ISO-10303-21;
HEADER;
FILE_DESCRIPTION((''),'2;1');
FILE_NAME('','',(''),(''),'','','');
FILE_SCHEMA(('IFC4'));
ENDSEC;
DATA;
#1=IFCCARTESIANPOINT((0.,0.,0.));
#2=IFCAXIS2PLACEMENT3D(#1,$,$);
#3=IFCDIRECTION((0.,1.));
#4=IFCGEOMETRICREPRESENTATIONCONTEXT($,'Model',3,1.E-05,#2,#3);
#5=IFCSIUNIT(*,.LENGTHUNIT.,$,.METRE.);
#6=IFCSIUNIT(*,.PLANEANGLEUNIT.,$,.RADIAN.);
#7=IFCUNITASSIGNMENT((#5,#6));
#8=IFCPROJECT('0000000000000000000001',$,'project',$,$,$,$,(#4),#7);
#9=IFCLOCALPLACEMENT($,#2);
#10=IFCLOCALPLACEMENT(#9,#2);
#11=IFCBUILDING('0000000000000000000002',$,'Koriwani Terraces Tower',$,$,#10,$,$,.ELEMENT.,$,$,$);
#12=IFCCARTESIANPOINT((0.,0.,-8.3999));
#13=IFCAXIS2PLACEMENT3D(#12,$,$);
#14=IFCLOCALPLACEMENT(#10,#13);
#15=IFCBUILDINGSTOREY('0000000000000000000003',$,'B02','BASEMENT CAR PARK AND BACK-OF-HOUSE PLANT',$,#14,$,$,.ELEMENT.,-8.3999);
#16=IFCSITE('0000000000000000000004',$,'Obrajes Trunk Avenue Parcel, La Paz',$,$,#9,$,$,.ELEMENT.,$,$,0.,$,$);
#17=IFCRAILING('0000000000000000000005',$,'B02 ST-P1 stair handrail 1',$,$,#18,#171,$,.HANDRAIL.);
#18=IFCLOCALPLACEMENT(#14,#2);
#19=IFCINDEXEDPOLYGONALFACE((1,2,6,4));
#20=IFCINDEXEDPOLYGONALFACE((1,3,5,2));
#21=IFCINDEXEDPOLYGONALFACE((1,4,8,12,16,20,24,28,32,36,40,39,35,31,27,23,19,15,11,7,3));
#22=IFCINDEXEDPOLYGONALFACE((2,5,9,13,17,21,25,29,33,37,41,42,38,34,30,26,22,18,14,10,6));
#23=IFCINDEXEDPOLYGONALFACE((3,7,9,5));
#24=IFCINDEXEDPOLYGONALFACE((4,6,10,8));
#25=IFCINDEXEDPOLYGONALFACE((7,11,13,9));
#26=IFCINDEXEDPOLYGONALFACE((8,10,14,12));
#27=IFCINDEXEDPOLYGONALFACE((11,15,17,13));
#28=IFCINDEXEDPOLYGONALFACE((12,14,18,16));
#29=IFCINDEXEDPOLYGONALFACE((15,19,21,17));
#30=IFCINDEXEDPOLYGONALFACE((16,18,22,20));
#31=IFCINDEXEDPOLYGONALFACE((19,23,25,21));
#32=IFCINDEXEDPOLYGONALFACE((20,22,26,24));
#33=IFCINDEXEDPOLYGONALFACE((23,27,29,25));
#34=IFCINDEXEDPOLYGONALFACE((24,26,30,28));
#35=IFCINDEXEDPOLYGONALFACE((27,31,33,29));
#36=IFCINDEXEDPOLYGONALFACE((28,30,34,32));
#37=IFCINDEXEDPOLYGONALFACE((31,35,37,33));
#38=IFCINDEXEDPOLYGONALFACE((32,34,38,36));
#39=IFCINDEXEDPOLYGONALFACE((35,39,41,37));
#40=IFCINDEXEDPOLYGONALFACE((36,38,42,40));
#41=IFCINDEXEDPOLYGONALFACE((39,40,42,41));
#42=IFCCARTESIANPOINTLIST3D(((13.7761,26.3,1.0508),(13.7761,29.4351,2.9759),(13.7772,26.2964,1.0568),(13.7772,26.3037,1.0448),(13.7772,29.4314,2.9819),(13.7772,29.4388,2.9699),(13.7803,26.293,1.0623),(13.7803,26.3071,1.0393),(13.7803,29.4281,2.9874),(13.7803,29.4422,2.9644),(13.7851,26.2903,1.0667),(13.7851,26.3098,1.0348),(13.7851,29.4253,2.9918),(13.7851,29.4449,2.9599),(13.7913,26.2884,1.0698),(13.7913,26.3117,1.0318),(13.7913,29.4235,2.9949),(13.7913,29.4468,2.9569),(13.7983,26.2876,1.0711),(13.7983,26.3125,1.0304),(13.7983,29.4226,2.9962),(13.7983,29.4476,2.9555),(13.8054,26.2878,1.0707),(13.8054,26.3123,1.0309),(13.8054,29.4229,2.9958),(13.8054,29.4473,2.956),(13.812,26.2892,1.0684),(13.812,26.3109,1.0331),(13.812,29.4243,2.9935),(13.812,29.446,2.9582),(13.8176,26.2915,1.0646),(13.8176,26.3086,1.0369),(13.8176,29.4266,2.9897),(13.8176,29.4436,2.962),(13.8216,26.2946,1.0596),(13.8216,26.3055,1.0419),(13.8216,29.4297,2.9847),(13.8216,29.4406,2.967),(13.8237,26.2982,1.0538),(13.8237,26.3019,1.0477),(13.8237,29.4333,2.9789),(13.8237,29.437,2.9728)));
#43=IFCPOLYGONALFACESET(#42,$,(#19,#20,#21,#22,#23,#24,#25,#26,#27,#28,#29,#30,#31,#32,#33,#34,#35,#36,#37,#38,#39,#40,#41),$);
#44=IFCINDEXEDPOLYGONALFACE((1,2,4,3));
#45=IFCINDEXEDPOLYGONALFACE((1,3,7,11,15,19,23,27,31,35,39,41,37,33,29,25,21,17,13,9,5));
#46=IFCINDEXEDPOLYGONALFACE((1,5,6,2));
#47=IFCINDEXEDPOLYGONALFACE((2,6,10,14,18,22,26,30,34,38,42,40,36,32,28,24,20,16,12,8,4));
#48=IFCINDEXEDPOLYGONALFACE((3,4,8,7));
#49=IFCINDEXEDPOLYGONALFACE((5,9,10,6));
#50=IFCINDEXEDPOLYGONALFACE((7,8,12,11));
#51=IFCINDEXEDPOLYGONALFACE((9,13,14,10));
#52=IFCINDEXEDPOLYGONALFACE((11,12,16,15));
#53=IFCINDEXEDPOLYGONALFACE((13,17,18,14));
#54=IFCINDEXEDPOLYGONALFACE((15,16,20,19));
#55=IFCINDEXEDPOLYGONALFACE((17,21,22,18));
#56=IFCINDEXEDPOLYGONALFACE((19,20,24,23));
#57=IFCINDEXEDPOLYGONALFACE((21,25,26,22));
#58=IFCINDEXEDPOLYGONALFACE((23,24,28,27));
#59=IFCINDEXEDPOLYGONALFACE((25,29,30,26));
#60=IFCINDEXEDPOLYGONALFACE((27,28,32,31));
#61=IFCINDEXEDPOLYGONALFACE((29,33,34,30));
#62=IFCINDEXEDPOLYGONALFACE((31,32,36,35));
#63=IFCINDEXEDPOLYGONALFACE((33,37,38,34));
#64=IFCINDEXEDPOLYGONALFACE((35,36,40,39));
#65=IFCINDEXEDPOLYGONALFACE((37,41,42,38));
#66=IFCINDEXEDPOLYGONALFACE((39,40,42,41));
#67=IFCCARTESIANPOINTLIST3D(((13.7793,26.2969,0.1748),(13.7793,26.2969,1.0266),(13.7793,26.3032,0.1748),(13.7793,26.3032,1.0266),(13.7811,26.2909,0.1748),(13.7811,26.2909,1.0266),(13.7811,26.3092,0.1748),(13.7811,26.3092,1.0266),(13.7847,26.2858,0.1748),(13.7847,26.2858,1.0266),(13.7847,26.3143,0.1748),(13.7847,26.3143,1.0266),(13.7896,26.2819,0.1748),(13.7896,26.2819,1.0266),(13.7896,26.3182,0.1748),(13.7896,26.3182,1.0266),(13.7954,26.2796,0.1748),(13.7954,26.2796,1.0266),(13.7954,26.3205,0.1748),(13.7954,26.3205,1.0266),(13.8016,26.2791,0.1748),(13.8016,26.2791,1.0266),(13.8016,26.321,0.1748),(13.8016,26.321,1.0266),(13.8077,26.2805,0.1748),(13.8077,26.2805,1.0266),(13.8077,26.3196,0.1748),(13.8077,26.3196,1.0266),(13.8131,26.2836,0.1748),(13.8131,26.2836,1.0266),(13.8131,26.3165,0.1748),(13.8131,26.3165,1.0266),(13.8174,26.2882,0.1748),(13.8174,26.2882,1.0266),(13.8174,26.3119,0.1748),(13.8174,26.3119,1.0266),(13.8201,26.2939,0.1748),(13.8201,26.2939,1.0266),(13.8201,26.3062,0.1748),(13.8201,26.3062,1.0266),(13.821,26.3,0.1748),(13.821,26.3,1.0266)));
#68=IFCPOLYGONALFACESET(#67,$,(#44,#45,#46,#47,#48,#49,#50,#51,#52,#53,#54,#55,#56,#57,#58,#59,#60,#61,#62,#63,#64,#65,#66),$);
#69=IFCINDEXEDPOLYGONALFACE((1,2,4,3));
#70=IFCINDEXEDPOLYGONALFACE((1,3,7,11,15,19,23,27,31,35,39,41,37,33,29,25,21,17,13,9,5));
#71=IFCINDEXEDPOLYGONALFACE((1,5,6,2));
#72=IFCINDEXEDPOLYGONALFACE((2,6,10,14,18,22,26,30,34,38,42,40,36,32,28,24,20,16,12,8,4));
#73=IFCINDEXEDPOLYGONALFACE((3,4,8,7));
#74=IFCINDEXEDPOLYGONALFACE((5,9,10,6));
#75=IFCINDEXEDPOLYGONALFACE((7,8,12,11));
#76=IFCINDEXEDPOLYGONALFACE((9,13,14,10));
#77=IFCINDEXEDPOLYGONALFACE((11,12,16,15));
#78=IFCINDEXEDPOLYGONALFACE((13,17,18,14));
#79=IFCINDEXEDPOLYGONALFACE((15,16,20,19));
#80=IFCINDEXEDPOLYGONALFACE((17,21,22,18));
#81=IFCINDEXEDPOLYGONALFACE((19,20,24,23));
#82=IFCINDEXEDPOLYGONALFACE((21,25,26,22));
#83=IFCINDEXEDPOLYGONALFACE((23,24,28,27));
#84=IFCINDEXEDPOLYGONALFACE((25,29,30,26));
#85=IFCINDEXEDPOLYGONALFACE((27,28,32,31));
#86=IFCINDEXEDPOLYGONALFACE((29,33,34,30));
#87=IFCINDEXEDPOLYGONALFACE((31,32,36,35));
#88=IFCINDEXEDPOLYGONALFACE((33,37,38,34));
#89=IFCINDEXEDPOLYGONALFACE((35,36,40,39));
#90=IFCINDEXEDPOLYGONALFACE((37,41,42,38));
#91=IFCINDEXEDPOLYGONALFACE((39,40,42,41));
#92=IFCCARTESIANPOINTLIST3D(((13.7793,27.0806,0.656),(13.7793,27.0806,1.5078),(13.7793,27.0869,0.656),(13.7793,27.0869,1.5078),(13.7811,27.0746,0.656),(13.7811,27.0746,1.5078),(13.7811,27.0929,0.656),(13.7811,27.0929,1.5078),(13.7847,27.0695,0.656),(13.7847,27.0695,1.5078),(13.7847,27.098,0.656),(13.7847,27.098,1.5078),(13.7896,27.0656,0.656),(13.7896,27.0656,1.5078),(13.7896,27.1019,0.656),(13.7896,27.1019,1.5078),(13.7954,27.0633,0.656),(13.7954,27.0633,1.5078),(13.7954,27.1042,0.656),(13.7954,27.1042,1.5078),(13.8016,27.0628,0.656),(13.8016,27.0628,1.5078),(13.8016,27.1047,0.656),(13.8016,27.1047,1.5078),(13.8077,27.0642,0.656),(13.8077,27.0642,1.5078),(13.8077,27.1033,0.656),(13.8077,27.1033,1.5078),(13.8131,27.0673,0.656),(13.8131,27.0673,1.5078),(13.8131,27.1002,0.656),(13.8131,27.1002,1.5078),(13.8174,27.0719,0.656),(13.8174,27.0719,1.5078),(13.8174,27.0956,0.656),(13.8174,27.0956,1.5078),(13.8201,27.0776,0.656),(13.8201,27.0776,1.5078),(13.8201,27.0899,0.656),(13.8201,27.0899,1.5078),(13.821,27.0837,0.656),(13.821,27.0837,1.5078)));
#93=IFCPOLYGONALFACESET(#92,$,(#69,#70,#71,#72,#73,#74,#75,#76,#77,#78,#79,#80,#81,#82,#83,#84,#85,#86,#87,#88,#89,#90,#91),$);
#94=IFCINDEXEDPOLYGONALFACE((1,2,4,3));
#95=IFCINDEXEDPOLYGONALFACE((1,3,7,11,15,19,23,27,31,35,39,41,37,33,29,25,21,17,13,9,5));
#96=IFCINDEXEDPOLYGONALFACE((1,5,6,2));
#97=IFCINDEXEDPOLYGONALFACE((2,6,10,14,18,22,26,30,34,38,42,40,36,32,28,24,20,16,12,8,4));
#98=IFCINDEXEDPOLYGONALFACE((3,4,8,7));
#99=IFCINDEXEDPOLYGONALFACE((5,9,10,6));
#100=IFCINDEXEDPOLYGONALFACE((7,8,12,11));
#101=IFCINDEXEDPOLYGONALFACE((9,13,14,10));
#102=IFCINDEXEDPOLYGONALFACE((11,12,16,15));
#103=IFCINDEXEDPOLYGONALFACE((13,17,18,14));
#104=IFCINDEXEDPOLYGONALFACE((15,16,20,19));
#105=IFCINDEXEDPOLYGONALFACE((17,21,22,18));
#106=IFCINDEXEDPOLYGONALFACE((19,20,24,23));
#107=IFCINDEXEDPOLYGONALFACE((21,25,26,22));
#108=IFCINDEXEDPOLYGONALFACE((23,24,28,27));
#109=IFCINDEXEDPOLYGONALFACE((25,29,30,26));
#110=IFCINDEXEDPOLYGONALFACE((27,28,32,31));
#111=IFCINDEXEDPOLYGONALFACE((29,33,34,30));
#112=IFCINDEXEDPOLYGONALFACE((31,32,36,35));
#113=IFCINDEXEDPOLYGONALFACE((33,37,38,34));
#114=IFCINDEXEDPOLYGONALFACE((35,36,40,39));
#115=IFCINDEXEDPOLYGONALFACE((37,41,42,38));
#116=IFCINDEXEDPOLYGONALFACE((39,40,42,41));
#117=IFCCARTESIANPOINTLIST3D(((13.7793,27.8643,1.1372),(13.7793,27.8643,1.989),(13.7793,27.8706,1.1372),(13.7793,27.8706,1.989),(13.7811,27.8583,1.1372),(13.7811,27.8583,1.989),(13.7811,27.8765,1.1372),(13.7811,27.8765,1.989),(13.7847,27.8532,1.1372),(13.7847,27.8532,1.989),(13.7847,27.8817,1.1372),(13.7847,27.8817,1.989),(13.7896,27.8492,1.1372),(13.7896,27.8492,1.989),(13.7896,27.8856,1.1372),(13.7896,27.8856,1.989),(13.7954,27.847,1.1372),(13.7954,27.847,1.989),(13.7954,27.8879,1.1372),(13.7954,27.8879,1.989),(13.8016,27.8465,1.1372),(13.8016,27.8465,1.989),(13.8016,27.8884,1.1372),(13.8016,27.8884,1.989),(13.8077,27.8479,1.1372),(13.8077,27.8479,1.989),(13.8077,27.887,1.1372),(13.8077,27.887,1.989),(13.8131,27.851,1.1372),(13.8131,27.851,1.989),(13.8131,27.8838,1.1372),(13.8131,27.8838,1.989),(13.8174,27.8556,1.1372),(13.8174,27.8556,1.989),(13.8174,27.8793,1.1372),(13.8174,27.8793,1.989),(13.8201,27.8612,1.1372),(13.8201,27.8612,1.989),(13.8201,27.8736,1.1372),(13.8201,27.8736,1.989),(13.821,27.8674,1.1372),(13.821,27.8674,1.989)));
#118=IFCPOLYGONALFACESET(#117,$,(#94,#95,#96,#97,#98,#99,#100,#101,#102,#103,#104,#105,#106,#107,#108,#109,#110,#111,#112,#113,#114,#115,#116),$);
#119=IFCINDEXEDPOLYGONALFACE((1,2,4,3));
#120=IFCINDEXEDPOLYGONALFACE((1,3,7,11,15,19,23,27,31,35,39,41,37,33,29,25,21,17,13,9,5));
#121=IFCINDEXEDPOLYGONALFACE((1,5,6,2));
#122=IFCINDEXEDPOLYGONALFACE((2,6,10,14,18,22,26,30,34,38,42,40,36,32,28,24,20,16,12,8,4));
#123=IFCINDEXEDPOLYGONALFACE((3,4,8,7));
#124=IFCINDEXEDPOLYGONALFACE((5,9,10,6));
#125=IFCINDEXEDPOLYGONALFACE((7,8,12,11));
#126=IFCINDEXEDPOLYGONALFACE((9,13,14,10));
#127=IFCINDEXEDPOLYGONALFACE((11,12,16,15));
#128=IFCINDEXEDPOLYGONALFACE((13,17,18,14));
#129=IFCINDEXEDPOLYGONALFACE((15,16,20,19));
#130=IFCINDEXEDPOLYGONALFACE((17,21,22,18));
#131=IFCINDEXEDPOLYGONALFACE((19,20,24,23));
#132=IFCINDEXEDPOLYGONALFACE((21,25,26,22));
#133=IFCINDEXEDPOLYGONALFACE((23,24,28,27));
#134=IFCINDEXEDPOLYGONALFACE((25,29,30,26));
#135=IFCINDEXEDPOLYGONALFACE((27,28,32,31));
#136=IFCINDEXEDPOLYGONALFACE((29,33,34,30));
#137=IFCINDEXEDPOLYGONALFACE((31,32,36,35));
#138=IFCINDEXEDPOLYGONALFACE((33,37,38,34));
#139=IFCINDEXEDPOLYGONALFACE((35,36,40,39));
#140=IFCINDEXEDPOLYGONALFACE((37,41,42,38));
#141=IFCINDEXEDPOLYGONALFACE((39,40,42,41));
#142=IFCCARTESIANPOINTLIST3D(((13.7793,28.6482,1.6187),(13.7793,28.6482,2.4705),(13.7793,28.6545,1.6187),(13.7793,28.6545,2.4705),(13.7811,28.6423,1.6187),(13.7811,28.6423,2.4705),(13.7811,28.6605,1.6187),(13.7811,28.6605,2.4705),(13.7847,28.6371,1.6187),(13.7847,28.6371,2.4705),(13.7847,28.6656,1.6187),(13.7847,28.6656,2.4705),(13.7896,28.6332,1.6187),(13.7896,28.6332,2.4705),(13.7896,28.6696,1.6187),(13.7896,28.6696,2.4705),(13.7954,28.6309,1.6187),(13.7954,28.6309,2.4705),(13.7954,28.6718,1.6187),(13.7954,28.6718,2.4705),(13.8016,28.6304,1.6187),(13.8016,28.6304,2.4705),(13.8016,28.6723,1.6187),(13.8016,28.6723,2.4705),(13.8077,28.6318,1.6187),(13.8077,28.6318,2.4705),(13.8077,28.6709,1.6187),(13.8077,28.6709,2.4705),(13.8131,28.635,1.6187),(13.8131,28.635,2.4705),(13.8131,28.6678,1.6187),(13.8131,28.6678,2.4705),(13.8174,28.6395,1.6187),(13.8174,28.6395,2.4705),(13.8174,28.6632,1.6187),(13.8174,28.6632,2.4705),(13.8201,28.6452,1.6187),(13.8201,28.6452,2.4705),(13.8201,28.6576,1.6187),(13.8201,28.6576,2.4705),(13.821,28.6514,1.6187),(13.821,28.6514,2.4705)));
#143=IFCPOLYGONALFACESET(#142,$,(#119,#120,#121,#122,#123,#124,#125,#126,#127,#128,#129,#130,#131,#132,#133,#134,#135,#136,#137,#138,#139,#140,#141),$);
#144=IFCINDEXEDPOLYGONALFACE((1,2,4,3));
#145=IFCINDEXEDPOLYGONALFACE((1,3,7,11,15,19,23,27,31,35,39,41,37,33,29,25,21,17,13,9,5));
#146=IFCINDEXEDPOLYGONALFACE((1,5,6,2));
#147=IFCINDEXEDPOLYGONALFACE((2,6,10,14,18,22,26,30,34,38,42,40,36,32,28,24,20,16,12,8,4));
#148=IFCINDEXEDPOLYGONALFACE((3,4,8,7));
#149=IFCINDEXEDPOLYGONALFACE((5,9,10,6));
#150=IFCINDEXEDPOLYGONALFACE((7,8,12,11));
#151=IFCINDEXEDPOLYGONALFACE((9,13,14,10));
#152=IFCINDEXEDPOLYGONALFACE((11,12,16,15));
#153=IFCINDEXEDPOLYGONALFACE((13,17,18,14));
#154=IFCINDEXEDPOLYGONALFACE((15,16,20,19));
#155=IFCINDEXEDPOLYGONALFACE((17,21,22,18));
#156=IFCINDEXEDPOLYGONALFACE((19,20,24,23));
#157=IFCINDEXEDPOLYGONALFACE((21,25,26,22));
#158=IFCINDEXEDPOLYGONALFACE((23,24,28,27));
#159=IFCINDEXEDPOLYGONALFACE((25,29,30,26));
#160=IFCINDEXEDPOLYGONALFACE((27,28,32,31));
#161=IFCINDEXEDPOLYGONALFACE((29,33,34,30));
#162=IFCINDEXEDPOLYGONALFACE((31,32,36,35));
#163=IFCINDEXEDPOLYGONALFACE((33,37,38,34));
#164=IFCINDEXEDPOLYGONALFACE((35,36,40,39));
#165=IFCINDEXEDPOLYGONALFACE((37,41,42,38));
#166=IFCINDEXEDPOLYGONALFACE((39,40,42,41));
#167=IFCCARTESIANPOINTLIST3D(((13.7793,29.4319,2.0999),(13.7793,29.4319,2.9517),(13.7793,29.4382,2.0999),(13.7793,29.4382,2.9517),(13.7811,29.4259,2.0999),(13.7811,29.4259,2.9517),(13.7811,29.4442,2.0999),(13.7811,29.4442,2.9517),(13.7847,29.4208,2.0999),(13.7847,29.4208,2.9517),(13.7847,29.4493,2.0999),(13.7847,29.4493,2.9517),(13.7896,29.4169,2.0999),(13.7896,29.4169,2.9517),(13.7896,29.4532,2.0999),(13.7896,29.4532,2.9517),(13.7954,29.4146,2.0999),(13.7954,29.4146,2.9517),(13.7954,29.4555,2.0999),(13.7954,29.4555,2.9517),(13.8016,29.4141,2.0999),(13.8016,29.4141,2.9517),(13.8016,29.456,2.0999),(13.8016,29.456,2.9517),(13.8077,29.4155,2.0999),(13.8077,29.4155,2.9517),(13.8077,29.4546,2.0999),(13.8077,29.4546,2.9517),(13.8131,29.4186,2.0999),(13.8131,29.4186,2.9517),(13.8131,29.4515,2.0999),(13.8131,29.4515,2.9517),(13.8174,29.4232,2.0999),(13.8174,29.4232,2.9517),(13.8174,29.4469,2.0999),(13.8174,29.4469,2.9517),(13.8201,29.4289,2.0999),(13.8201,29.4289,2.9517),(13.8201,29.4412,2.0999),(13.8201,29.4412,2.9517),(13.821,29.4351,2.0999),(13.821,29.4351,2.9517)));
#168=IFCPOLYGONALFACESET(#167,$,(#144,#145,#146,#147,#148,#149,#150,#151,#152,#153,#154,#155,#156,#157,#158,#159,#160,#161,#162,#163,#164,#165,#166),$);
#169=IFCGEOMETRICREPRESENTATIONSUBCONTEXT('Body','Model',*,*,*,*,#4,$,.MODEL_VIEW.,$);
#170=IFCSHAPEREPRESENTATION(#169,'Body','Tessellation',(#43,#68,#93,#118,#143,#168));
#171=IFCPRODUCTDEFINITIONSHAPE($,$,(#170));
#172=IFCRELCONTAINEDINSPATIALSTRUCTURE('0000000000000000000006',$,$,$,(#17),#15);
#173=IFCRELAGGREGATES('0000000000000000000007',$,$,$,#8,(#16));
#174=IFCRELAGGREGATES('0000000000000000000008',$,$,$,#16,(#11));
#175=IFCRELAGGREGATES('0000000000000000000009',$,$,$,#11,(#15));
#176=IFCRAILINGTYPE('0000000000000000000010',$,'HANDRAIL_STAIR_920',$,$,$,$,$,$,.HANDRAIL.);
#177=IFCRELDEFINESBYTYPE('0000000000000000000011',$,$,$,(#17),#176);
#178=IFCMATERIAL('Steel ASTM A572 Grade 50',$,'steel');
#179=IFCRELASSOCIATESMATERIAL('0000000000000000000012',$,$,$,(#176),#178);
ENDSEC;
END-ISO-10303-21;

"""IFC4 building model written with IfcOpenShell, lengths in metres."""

from ifc_helpers import new_model, si_unit, direction, frame, origin, origin_2d, place, context, subcontext, project, spatial, circle, extrude, material, type_object, element, save


model = new_model("IFC4")

# Units and contexts
model_context = context("Model", 3, precision=1e-05, world=origin(), true_north=direction((0.0, 1.0)))
body_context = subcontext(model_context, "Body", "Model", "MODEL_VIEW")
ifc_project = project(units=[si_unit("LENGTHUNIT", "METRE"), si_unit("PLANEANGLEUNIT", "RADIAN")], contexts=[model_context])

# Site, building, storey
site_placement = place(None, origin())
site = spatial("IfcSite", under=ifc_project, at=site_placement, Name="Obrajes Trunk Avenue Parcel, La Paz", CompositionType="ELEMENT", RefElevation=0.0)
building_placement = place(site_placement, origin())
building = spatial("IfcBuilding", under=site, at=building_placement, Name="Koriwani Terraces Tower", CompositionType="ELEMENT")
storey_placement = place(building_placement, frame((0.0, 0.0, -8.3999)))
storey = spatial("IfcBuildingStorey", under=building, at=storey_placement, Name="B02", Description="BASEMENT CAR PARK AND BACK-OF-HOUSE PLANT", CompositionType="ELEMENT", Elevation=-8.3999)

# Shared definitions
ifc_material_1 = material(Name="Steel ASTM A572 Grade 50", Category="steel")

# Railing
railing_type_1 = type_object("IfcRailingType", Name="HANDRAIL_STAIR_920", PredefinedType="HANDRAIL", material=ifc_material_1)
railing_1_placement = place(storey_placement, frame((13.8, 26.3, 0.1748)))
element("IfcRailing", 1, at=railing_1_placement, inside=storey, type_object=railing_type_1, Name="B02 ST-P1 stair handrail 1", PredefinedType="HANDRAIL", context=body_context, shape_type="SweptSolid", body=[
    extrude(circle(Radius=0.0239, at=origin_2d()), frame((0.0, 0.0, 0.876), z_axis=(0.0, 0.852166, 0.523271), x_axis=(-1.0, 0.0, 0.0)), (0.0, 0.0, 1.0), 3.679),
    extrude(circle(Radius=0.021, at=origin_2d()), origin(), (0.0, 0.0, 1.0), 0.8518),
    extrude(circle(Radius=0.021, at=origin_2d()), frame((0.0, 0.7837, 0.4812)), (0.0, 0.0, 1.0), 0.8518),
    extrude(circle(Radius=0.021, at=origin_2d()), frame((0.0, 1.5674, 0.9624)), (0.0, 0.0, 1.0), 0.8518),
    extrude(circle(Radius=0.021, at=origin_2d()), frame((0.0, 2.3513, 1.4438)), (0.0, 0.0, 1.0), 0.8518),
    extrude(circle(Radius=0.021, at=origin_2d()), frame((0.0, 3.135, 1.925)), (0.0, 0.0, 1.0), 0.8518),
])

save(model, "model.ifc")
